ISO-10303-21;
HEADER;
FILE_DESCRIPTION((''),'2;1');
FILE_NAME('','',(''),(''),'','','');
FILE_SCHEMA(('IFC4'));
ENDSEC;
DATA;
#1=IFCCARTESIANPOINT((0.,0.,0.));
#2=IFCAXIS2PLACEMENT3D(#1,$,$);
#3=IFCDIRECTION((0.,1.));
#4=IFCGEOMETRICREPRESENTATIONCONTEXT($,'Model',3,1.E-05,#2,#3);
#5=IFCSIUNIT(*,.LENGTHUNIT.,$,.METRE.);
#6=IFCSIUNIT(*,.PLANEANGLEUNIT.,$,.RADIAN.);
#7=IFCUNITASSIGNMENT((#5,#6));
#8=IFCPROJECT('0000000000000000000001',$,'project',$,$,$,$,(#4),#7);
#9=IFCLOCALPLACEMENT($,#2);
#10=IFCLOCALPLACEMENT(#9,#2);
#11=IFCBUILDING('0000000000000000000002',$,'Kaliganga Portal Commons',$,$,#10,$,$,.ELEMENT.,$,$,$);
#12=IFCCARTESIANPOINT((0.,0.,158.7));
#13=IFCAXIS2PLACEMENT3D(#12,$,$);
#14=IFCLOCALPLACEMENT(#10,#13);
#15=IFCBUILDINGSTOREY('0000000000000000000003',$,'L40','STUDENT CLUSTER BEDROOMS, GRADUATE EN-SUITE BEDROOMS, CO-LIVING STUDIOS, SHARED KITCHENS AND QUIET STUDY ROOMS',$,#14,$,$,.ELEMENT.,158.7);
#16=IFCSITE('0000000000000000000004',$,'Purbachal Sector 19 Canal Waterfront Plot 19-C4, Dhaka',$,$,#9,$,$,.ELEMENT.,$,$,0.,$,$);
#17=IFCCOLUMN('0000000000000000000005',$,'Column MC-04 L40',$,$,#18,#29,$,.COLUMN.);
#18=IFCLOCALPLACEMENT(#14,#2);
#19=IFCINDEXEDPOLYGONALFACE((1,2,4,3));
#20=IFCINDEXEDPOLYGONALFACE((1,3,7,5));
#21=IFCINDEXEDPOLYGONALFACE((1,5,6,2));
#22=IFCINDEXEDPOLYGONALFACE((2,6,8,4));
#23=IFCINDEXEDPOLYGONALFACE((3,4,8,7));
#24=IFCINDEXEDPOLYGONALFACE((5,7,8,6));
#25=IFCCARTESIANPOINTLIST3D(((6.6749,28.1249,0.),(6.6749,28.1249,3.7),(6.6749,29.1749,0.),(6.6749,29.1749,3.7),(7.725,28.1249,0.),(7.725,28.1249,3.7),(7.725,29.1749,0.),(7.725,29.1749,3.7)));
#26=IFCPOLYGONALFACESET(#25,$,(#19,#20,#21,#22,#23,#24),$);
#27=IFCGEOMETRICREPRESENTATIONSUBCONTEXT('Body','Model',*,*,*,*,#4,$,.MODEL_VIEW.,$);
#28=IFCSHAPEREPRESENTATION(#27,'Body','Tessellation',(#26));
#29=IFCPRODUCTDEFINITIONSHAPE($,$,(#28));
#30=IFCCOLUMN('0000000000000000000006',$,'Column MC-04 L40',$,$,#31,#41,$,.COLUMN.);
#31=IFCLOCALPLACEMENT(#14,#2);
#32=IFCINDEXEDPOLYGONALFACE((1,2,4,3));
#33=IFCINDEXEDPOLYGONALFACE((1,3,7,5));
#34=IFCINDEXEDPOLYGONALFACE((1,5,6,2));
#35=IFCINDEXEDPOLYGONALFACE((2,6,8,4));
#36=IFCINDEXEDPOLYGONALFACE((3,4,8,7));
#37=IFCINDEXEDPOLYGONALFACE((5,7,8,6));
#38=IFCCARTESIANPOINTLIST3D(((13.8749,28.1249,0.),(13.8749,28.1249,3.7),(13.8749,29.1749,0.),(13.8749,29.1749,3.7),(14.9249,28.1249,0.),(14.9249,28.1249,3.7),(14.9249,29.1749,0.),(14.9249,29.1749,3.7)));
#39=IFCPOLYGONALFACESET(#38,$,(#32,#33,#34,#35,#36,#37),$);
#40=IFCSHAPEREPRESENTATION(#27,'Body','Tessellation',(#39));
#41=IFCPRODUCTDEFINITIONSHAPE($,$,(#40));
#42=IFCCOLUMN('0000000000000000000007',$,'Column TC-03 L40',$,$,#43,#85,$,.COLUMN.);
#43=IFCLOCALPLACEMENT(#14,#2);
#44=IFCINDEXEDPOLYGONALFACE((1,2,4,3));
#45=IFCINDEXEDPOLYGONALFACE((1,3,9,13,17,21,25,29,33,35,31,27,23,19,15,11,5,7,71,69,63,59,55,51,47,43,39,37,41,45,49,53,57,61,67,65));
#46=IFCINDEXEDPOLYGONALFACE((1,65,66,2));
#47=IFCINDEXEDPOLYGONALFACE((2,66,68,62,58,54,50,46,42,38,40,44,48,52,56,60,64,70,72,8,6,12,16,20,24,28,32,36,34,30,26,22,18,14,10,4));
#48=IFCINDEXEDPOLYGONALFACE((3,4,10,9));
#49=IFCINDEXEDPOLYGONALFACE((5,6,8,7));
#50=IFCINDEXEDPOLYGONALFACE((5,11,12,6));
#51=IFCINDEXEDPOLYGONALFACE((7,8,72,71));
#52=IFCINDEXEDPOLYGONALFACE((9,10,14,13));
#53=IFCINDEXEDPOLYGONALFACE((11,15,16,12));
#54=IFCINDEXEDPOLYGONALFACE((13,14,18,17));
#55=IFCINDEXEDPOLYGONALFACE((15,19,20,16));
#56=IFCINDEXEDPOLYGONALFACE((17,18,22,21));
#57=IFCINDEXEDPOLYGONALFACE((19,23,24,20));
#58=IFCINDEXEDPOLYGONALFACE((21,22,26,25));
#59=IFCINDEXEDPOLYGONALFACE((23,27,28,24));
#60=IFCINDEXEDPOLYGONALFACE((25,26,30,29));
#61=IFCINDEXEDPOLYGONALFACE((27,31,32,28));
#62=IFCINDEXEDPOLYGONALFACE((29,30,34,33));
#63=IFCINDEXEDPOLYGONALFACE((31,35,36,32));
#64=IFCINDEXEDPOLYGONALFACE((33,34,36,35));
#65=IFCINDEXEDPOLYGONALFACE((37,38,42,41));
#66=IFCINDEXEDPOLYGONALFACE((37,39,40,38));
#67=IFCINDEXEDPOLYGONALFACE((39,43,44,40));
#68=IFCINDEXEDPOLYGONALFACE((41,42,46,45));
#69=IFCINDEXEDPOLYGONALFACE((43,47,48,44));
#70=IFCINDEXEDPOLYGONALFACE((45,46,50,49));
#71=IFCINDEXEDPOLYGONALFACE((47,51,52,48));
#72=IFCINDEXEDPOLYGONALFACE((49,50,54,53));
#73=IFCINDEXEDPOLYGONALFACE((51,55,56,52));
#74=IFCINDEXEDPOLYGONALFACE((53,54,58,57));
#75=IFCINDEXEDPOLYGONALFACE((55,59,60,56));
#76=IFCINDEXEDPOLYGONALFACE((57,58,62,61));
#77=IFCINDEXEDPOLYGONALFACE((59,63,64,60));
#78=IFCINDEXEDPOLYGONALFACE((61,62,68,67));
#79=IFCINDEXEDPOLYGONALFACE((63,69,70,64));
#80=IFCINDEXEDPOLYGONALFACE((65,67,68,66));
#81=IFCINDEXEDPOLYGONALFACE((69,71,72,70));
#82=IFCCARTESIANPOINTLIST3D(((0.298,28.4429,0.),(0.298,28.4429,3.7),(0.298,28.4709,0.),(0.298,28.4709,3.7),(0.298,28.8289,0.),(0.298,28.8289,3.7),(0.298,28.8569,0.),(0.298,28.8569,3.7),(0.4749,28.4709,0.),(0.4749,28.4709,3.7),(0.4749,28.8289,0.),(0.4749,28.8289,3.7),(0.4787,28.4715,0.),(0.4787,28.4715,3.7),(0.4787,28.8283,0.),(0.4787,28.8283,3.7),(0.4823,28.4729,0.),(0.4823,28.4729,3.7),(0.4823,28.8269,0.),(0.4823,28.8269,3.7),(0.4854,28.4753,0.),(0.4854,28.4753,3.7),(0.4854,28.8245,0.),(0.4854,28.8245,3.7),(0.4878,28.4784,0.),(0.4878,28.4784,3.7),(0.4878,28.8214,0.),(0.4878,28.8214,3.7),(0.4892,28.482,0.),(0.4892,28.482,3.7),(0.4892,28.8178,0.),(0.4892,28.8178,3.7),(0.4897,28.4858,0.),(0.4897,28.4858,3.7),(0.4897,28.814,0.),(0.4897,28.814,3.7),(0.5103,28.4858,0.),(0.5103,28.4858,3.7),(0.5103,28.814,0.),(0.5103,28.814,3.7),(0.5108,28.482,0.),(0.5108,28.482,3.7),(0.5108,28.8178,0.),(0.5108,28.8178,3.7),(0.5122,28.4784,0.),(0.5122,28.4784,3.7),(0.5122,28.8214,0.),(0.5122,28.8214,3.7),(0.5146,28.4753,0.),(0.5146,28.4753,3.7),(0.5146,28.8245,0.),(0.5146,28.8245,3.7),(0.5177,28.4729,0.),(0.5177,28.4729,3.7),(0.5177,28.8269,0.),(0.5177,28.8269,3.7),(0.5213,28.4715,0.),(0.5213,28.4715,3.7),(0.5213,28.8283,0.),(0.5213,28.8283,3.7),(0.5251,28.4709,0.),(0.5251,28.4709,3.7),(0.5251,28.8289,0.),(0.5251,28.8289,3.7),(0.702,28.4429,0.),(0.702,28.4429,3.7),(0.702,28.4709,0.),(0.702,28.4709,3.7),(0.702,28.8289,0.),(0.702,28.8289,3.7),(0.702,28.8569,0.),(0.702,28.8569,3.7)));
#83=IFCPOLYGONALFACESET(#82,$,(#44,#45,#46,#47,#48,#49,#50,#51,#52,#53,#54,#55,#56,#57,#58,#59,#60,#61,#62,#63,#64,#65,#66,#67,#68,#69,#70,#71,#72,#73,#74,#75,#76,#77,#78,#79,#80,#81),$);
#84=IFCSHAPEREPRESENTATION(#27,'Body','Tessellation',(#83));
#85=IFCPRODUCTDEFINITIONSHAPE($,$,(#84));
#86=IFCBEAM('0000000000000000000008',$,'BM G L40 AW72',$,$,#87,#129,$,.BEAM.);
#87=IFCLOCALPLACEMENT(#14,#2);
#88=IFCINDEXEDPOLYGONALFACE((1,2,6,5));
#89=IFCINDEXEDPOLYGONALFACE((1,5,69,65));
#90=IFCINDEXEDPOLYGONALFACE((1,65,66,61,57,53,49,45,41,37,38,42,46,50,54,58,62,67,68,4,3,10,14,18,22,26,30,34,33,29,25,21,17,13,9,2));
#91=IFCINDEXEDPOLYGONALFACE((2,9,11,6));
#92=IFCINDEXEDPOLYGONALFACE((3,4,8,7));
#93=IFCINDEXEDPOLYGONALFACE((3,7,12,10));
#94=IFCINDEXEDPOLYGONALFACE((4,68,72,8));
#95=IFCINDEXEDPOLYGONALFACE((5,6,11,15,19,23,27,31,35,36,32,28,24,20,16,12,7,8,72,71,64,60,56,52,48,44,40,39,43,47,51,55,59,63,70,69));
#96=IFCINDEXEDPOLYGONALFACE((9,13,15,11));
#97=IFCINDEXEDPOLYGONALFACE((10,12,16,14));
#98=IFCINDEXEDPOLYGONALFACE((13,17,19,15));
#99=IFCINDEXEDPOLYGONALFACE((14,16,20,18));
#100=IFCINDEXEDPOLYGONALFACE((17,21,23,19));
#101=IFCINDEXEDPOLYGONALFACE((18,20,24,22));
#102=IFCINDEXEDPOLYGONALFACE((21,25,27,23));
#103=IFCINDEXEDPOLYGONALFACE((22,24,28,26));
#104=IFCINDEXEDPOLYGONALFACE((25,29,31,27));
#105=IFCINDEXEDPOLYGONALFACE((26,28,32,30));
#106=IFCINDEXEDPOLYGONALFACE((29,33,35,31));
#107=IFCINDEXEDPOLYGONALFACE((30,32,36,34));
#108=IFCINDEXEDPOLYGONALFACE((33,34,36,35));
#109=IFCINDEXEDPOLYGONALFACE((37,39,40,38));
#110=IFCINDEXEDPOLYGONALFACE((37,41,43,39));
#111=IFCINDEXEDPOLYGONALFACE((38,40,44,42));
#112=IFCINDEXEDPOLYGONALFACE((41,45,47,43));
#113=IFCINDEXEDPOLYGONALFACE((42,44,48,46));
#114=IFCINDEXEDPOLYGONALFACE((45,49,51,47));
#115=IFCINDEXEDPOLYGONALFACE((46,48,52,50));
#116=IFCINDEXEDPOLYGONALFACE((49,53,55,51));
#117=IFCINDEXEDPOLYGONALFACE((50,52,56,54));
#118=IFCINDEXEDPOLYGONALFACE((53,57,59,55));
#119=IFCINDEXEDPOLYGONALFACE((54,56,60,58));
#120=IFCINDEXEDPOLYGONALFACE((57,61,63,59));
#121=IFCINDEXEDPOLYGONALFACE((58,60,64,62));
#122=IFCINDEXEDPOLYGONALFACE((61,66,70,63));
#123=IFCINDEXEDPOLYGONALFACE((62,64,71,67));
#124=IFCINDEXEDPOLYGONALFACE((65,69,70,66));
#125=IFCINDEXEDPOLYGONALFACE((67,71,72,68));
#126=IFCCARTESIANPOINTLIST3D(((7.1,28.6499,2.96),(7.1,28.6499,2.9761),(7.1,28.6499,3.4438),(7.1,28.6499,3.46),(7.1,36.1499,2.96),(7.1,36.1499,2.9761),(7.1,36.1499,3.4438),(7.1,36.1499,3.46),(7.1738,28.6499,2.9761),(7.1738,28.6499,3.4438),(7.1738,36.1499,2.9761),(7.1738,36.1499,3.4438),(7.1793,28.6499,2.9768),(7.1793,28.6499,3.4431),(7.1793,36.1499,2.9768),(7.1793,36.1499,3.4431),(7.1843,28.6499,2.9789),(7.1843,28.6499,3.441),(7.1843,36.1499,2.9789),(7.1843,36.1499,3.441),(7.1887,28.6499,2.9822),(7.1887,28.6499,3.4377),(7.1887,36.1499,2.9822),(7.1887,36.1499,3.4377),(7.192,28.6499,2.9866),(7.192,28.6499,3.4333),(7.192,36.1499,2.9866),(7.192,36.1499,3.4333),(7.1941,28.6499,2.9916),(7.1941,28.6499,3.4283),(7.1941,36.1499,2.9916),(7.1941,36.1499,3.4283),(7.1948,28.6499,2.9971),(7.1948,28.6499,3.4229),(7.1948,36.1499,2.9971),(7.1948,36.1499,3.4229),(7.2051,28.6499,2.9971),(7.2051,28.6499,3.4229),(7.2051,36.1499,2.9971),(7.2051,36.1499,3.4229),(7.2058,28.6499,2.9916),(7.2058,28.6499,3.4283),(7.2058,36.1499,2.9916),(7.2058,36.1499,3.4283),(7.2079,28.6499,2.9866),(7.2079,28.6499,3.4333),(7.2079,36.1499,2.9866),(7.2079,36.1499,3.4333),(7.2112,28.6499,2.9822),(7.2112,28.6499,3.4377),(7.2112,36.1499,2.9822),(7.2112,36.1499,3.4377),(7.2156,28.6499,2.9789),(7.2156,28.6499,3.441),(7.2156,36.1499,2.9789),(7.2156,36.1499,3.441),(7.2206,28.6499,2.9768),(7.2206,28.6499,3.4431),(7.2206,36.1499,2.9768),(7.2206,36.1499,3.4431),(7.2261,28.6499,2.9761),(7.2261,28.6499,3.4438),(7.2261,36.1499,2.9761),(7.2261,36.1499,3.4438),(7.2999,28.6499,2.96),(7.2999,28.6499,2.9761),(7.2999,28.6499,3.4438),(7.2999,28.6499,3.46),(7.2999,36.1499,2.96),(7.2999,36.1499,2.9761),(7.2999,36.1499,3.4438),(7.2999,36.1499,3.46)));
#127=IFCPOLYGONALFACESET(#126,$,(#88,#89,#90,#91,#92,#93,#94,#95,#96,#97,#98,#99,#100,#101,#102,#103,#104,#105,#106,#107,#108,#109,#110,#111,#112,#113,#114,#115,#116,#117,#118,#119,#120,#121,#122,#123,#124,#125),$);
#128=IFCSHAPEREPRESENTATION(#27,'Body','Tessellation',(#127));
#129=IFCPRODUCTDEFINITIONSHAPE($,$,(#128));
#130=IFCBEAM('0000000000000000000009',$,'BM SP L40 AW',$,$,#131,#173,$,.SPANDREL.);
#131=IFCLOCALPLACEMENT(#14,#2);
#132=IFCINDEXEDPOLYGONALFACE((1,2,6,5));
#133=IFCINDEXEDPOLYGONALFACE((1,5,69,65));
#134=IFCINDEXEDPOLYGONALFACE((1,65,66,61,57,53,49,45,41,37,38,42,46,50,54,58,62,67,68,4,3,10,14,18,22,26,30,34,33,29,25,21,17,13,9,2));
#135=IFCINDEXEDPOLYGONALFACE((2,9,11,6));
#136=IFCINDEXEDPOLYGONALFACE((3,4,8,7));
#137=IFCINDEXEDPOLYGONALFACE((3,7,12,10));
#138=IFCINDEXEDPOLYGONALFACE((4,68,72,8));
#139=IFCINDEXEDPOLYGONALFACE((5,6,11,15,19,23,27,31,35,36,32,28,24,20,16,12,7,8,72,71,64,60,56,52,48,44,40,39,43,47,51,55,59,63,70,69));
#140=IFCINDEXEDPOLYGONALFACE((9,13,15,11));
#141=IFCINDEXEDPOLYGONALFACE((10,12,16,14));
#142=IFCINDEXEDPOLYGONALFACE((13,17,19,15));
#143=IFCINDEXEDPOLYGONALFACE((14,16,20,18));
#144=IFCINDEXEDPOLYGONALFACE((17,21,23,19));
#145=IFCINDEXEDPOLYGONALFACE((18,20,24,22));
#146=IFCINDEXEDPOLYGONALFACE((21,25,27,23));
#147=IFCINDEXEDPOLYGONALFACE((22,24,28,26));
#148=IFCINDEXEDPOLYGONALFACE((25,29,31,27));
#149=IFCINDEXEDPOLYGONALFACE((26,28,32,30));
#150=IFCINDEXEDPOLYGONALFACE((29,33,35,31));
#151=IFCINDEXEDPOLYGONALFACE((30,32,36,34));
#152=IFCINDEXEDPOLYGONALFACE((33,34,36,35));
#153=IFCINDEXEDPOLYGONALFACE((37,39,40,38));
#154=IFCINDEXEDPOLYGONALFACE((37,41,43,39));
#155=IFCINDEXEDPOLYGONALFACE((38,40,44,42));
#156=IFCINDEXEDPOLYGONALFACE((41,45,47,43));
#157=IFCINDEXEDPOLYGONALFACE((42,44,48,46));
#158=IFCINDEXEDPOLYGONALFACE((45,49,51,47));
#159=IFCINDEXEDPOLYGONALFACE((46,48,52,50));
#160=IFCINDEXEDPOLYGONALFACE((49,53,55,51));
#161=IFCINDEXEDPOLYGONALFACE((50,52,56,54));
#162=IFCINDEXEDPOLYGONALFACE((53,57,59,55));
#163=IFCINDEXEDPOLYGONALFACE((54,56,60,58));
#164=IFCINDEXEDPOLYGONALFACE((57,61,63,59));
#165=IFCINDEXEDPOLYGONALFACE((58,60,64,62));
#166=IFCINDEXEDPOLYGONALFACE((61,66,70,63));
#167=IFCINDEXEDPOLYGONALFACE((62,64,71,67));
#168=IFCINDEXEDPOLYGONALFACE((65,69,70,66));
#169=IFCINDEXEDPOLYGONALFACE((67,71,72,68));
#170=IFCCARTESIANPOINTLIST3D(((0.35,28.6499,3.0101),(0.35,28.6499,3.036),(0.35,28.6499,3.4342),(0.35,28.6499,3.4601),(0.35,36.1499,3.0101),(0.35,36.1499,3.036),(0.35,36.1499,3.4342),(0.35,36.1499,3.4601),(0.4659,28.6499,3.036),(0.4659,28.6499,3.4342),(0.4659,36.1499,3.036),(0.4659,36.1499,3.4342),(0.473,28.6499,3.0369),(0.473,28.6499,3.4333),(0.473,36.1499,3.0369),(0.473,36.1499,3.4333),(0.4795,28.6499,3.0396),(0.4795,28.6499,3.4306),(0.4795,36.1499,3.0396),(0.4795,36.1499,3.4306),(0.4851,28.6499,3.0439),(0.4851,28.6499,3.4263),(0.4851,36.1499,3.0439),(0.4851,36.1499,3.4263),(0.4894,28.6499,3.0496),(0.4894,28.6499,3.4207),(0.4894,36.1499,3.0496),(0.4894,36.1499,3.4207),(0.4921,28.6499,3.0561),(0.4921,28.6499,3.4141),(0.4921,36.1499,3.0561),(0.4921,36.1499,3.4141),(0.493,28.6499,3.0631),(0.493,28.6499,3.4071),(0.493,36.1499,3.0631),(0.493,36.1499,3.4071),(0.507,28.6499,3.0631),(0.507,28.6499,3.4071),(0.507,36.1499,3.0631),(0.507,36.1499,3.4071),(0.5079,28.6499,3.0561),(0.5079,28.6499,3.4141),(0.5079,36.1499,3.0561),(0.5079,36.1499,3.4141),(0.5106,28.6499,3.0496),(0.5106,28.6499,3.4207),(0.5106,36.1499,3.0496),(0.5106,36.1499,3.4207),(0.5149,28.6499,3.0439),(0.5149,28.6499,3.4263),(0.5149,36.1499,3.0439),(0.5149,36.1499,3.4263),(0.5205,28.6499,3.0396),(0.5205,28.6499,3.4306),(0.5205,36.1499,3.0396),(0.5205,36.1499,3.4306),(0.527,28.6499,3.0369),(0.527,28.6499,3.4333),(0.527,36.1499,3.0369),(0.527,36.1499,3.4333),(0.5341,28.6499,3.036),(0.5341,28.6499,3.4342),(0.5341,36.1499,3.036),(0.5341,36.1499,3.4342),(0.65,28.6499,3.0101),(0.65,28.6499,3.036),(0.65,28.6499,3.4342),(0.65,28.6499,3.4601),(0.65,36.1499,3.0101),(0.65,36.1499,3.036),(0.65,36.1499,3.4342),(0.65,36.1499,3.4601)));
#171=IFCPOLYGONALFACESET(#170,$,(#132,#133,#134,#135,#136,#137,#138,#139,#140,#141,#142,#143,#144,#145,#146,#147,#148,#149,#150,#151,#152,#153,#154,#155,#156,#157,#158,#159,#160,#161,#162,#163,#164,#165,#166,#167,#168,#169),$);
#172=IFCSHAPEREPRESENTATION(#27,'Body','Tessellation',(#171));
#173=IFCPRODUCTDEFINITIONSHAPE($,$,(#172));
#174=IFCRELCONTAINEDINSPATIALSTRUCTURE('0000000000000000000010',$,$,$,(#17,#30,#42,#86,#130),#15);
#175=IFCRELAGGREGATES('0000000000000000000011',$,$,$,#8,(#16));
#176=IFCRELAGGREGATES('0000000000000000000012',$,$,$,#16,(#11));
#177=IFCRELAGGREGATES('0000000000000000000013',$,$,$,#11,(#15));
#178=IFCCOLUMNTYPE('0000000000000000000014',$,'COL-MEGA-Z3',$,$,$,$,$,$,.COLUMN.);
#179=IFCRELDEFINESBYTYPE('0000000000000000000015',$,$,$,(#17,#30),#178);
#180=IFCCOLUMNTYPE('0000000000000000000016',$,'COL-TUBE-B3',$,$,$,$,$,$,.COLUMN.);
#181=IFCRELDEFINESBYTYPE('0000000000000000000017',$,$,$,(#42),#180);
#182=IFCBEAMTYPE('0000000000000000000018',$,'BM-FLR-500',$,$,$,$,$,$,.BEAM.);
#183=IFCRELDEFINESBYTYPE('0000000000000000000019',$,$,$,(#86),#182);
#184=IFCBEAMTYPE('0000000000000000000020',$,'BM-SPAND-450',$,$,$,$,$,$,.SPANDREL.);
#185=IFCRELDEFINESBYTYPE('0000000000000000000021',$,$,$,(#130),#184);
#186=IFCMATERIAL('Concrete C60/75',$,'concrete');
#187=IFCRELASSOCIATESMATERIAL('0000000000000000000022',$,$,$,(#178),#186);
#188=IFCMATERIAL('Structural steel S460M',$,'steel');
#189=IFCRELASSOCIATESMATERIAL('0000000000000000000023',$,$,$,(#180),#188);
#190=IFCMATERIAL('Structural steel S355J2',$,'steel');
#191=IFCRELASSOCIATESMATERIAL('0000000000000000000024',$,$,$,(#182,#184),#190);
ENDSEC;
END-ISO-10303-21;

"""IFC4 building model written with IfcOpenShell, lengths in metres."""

from ifc_helpers import new_model, si_unit, direction, frame, origin, origin_2d, place, context, subcontext, project, spatial, rectangle, i_section, extrude, source, transform, mapped, material, material_profile, profile_set, type_object, element, save


model = new_model("IFC4")

# Units and contexts
model_context = context("Model", 3, precision=1e-05, world=origin(), true_north=direction((0.0, 1.0)))
body_context = subcontext(model_context, "Body", "Model", "MODEL_VIEW")
ifc_project = project(units=[si_unit("LENGTHUNIT", "METRE"), si_unit("PLANEANGLEUNIT", "RADIAN")], contexts=[model_context])

# Site, building, storey
site_placement = place(None, origin())
site = spatial("IfcSite", under=ifc_project, at=site_placement, Name="Purbachal Sector 19 Canal Waterfront Plot 19-C4, Dhaka", CompositionType="ELEMENT", RefElevation=0.0)
building_placement = place(site_placement, origin())
building = spatial("IfcBuilding", under=site, at=building_placement, Name="Kaliganga Portal Commons", CompositionType="ELEMENT")
storey_placement = place(building_placement, frame((0.0, 0.0, 158.7)))
storey = spatial("IfcBuildingStorey", under=building, at=storey_placement, Name="L40", Description="STUDENT CLUSTER BEDROOMS, GRADUATE EN-SUITE BEDROOMS, CO-LIVING STUDIOS, SHARED KITCHENS AND QUIET STUDY ROOMS", CompositionType="ELEMENT", Elevation=158.7)

# Columns
ifc_material_1 = material(Name="Concrete C60/75", Category="concrete")
ifc_material_profile_1 = material_profile(ifc_material_1, rectangle(XDim=1.05, YDim=1.05, at=origin_2d()), Name="RC 1050x1050")
ifc_profile_set_1 = profile_set([ifc_material_profile_1], Name="Concrete C60/75")
column_type_1 = type_object("IfcColumnType", Name="COL-MEGA-Z3", PredefinedType="COLUMN", material=ifc_profile_set_1)
shared_shape_1 = source(origin(), body_context, "Body", "SweptSolid", [
    extrude(rectangle(XDim=1.05, YDim=1.05, at=origin_2d()), origin(), (0.0, 0.0, 1.0), 3.7),
])
for number, where, z_axis, x_axis, name in (
    (1, (7.2, 28.6499, 0.0), (0.0, 0.0, 1.0), (1.0, 0.0, 0.0), "Column MC-04 L40"),
    (2, (14.3999, 28.6499, 0.0), (0.0, 0.0, 1.0), (1.0, 0.0, 0.0), "Column MC-04 L40"),
):
    element("IfcColumn", number, at=place(storey_placement, frame(where, z_axis=z_axis, x_axis=x_axis)), inside=storey, type_object=column_type_1, Name=name, PredefinedType="COLUMN", context=body_context, shape_type="MappedRepresentation", body=[
        mapped(shared_shape_1, transform((0.0, 0.0, 0.0), x_axis=(1.0, 0.0, 0.0), y_axis=(0.0, 1.0, 0.0), z_axis=(0.0, 0.0, 1.0), scale=1.0)),
    ])
ifc_material_2 = material(Name="Structural steel S460M", Category="steel")
ifc_material_profile_2 = material_profile(ifc_material_2, i_section(OverallWidth=0.4041, OverallDepth=0.4141, WebThickness=0.0205, FlangeThickness=0.0281, FilletRadius=0.0149, at=origin_2d()), Name="HD 400x347")
ifc_profile_set_2 = profile_set([ifc_material_profile_2], Name="Structural steel S460M wide-flange")
column_type_2 = type_object("IfcColumnType", Name="COL-TUBE-B3", PredefinedType="COLUMN", material=ifc_profile_set_2)
shared_shape_2 = source(origin(), body_context, "Body", "SweptSolid", [
    extrude(i_section(OverallWidth=0.4041, OverallDepth=0.4141, WebThickness=0.0205, FlangeThickness=0.0281, FilletRadius=0.0149, at=origin_2d()), origin(), (0.0, 0.0, 1.0), 3.7),
])
column_placement = place(storey_placement, frame((0.5, 28.6499, 0.0), z_axis=(0.0, 0.0, 1.0), x_axis=(1.0, 0.0, 0.0)))
element("IfcColumn", 3, at=column_placement, inside=storey, type_object=column_type_2, Name="Column TC-03 L40", PredefinedType="COLUMN", context=body_context, shape_type="MappedRepresentation", body=[
    mapped(shared_shape_2, transform((0.0, 0.0, 0.0), x_axis=(1.0, 0.0, 0.0), y_axis=(0.0, 1.0, 0.0), z_axis=(0.0, 0.0, 1.0), scale=1.0)),
])

# Beams
ifc_material_3 = material(Name="Structural steel S355J2", Category="steel")
ifc_material_profile_3 = material_profile(ifc_material_3, i_section(OverallWidth=0.2, OverallDepth=0.5, WebThickness=0.0103, FlangeThickness=0.0161, FilletRadius=0.021, at=origin_2d()), Name="IPE 500")
ifc_profile_set_3 = profile_set([ifc_material_profile_3], Name="Structural steel S355J2 wide-flange")
beam_type_1 = type_object("IfcBeamType", Name="BM-FLR-500", PredefinedType="BEAM", material=ifc_profile_set_3)
shared_shape_3 = source(origin(), body_context, "Body", "SweptSolid", [
    extrude(i_section(OverallWidth=0.2, OverallDepth=0.5, WebThickness=0.0103, FlangeThickness=0.0161, FilletRadius=0.021, at=origin_2d()), origin(), (0.0, 0.0, 1.0), 7.5),
])
beam_1_placement = place(storey_placement, frame((7.2, 28.6499, 3.21), z_axis=(0.0, 1.0, 0.0), x_axis=(-1.0, 0.0, 0.0)))
element("IfcBeam", 4, at=beam_1_placement, inside=storey, type_object=beam_type_1, Name="BM G L40 AW72", PredefinedType="BEAM", context=body_context, shape_type="MappedRepresentation", body=[
    mapped(shared_shape_3, transform((0.0, 0.0, 0.0), x_axis=(1.0, 0.0, 0.0), y_axis=(0.0, 1.0, 0.0), z_axis=(0.0, 0.0, 1.0), scale=1.0)),
])
ifc_material_profile_4 = material_profile(ifc_material_3, i_section(OverallWidth=0.3, OverallDepth=0.45, WebThickness=0.0139, FlangeThickness=0.0259, FilletRadius=0.0271, at=origin_2d()), Name="HE 450 B")
ifc_profile_set_4 = profile_set([ifc_material_profile_4], Name="Structural steel S355J2 wide-flange")
beam_type_2 = type_object("IfcBeamType", Name="BM-SPAND-450", PredefinedType="SPANDREL", material=ifc_profile_set_4)
shared_shape_4 = source(origin(), body_context, "Body", "SweptSolid", [
    extrude(i_section(OverallWidth=0.3, OverallDepth=0.45, WebThickness=0.0139, FlangeThickness=0.0259, FilletRadius=0.0271, at=origin_2d()), origin(), (0.0, 0.0, 1.0), 7.5),
])
beam_2_placement = place(storey_placement, frame((0.5, 28.6499, 3.2351), z_axis=(0.0, 1.0, 0.0), x_axis=(-1.0, 0.0, 0.0)))
element("IfcBeam", 5, at=beam_2_placement, inside=storey, type_object=beam_type_2, Name="BM SP L40 AW", PredefinedType="SPANDREL", context=body_context, shape_type="MappedRepresentation", body=[
    mapped(shared_shape_4, transform((0.0, 0.0, 0.0), x_axis=(1.0, 0.0, 0.0), y_axis=(0.0, 1.0, 0.0), z_axis=(0.0, 0.0, 1.0), scale=1.0)),
])

save(model, "model.ifc")
